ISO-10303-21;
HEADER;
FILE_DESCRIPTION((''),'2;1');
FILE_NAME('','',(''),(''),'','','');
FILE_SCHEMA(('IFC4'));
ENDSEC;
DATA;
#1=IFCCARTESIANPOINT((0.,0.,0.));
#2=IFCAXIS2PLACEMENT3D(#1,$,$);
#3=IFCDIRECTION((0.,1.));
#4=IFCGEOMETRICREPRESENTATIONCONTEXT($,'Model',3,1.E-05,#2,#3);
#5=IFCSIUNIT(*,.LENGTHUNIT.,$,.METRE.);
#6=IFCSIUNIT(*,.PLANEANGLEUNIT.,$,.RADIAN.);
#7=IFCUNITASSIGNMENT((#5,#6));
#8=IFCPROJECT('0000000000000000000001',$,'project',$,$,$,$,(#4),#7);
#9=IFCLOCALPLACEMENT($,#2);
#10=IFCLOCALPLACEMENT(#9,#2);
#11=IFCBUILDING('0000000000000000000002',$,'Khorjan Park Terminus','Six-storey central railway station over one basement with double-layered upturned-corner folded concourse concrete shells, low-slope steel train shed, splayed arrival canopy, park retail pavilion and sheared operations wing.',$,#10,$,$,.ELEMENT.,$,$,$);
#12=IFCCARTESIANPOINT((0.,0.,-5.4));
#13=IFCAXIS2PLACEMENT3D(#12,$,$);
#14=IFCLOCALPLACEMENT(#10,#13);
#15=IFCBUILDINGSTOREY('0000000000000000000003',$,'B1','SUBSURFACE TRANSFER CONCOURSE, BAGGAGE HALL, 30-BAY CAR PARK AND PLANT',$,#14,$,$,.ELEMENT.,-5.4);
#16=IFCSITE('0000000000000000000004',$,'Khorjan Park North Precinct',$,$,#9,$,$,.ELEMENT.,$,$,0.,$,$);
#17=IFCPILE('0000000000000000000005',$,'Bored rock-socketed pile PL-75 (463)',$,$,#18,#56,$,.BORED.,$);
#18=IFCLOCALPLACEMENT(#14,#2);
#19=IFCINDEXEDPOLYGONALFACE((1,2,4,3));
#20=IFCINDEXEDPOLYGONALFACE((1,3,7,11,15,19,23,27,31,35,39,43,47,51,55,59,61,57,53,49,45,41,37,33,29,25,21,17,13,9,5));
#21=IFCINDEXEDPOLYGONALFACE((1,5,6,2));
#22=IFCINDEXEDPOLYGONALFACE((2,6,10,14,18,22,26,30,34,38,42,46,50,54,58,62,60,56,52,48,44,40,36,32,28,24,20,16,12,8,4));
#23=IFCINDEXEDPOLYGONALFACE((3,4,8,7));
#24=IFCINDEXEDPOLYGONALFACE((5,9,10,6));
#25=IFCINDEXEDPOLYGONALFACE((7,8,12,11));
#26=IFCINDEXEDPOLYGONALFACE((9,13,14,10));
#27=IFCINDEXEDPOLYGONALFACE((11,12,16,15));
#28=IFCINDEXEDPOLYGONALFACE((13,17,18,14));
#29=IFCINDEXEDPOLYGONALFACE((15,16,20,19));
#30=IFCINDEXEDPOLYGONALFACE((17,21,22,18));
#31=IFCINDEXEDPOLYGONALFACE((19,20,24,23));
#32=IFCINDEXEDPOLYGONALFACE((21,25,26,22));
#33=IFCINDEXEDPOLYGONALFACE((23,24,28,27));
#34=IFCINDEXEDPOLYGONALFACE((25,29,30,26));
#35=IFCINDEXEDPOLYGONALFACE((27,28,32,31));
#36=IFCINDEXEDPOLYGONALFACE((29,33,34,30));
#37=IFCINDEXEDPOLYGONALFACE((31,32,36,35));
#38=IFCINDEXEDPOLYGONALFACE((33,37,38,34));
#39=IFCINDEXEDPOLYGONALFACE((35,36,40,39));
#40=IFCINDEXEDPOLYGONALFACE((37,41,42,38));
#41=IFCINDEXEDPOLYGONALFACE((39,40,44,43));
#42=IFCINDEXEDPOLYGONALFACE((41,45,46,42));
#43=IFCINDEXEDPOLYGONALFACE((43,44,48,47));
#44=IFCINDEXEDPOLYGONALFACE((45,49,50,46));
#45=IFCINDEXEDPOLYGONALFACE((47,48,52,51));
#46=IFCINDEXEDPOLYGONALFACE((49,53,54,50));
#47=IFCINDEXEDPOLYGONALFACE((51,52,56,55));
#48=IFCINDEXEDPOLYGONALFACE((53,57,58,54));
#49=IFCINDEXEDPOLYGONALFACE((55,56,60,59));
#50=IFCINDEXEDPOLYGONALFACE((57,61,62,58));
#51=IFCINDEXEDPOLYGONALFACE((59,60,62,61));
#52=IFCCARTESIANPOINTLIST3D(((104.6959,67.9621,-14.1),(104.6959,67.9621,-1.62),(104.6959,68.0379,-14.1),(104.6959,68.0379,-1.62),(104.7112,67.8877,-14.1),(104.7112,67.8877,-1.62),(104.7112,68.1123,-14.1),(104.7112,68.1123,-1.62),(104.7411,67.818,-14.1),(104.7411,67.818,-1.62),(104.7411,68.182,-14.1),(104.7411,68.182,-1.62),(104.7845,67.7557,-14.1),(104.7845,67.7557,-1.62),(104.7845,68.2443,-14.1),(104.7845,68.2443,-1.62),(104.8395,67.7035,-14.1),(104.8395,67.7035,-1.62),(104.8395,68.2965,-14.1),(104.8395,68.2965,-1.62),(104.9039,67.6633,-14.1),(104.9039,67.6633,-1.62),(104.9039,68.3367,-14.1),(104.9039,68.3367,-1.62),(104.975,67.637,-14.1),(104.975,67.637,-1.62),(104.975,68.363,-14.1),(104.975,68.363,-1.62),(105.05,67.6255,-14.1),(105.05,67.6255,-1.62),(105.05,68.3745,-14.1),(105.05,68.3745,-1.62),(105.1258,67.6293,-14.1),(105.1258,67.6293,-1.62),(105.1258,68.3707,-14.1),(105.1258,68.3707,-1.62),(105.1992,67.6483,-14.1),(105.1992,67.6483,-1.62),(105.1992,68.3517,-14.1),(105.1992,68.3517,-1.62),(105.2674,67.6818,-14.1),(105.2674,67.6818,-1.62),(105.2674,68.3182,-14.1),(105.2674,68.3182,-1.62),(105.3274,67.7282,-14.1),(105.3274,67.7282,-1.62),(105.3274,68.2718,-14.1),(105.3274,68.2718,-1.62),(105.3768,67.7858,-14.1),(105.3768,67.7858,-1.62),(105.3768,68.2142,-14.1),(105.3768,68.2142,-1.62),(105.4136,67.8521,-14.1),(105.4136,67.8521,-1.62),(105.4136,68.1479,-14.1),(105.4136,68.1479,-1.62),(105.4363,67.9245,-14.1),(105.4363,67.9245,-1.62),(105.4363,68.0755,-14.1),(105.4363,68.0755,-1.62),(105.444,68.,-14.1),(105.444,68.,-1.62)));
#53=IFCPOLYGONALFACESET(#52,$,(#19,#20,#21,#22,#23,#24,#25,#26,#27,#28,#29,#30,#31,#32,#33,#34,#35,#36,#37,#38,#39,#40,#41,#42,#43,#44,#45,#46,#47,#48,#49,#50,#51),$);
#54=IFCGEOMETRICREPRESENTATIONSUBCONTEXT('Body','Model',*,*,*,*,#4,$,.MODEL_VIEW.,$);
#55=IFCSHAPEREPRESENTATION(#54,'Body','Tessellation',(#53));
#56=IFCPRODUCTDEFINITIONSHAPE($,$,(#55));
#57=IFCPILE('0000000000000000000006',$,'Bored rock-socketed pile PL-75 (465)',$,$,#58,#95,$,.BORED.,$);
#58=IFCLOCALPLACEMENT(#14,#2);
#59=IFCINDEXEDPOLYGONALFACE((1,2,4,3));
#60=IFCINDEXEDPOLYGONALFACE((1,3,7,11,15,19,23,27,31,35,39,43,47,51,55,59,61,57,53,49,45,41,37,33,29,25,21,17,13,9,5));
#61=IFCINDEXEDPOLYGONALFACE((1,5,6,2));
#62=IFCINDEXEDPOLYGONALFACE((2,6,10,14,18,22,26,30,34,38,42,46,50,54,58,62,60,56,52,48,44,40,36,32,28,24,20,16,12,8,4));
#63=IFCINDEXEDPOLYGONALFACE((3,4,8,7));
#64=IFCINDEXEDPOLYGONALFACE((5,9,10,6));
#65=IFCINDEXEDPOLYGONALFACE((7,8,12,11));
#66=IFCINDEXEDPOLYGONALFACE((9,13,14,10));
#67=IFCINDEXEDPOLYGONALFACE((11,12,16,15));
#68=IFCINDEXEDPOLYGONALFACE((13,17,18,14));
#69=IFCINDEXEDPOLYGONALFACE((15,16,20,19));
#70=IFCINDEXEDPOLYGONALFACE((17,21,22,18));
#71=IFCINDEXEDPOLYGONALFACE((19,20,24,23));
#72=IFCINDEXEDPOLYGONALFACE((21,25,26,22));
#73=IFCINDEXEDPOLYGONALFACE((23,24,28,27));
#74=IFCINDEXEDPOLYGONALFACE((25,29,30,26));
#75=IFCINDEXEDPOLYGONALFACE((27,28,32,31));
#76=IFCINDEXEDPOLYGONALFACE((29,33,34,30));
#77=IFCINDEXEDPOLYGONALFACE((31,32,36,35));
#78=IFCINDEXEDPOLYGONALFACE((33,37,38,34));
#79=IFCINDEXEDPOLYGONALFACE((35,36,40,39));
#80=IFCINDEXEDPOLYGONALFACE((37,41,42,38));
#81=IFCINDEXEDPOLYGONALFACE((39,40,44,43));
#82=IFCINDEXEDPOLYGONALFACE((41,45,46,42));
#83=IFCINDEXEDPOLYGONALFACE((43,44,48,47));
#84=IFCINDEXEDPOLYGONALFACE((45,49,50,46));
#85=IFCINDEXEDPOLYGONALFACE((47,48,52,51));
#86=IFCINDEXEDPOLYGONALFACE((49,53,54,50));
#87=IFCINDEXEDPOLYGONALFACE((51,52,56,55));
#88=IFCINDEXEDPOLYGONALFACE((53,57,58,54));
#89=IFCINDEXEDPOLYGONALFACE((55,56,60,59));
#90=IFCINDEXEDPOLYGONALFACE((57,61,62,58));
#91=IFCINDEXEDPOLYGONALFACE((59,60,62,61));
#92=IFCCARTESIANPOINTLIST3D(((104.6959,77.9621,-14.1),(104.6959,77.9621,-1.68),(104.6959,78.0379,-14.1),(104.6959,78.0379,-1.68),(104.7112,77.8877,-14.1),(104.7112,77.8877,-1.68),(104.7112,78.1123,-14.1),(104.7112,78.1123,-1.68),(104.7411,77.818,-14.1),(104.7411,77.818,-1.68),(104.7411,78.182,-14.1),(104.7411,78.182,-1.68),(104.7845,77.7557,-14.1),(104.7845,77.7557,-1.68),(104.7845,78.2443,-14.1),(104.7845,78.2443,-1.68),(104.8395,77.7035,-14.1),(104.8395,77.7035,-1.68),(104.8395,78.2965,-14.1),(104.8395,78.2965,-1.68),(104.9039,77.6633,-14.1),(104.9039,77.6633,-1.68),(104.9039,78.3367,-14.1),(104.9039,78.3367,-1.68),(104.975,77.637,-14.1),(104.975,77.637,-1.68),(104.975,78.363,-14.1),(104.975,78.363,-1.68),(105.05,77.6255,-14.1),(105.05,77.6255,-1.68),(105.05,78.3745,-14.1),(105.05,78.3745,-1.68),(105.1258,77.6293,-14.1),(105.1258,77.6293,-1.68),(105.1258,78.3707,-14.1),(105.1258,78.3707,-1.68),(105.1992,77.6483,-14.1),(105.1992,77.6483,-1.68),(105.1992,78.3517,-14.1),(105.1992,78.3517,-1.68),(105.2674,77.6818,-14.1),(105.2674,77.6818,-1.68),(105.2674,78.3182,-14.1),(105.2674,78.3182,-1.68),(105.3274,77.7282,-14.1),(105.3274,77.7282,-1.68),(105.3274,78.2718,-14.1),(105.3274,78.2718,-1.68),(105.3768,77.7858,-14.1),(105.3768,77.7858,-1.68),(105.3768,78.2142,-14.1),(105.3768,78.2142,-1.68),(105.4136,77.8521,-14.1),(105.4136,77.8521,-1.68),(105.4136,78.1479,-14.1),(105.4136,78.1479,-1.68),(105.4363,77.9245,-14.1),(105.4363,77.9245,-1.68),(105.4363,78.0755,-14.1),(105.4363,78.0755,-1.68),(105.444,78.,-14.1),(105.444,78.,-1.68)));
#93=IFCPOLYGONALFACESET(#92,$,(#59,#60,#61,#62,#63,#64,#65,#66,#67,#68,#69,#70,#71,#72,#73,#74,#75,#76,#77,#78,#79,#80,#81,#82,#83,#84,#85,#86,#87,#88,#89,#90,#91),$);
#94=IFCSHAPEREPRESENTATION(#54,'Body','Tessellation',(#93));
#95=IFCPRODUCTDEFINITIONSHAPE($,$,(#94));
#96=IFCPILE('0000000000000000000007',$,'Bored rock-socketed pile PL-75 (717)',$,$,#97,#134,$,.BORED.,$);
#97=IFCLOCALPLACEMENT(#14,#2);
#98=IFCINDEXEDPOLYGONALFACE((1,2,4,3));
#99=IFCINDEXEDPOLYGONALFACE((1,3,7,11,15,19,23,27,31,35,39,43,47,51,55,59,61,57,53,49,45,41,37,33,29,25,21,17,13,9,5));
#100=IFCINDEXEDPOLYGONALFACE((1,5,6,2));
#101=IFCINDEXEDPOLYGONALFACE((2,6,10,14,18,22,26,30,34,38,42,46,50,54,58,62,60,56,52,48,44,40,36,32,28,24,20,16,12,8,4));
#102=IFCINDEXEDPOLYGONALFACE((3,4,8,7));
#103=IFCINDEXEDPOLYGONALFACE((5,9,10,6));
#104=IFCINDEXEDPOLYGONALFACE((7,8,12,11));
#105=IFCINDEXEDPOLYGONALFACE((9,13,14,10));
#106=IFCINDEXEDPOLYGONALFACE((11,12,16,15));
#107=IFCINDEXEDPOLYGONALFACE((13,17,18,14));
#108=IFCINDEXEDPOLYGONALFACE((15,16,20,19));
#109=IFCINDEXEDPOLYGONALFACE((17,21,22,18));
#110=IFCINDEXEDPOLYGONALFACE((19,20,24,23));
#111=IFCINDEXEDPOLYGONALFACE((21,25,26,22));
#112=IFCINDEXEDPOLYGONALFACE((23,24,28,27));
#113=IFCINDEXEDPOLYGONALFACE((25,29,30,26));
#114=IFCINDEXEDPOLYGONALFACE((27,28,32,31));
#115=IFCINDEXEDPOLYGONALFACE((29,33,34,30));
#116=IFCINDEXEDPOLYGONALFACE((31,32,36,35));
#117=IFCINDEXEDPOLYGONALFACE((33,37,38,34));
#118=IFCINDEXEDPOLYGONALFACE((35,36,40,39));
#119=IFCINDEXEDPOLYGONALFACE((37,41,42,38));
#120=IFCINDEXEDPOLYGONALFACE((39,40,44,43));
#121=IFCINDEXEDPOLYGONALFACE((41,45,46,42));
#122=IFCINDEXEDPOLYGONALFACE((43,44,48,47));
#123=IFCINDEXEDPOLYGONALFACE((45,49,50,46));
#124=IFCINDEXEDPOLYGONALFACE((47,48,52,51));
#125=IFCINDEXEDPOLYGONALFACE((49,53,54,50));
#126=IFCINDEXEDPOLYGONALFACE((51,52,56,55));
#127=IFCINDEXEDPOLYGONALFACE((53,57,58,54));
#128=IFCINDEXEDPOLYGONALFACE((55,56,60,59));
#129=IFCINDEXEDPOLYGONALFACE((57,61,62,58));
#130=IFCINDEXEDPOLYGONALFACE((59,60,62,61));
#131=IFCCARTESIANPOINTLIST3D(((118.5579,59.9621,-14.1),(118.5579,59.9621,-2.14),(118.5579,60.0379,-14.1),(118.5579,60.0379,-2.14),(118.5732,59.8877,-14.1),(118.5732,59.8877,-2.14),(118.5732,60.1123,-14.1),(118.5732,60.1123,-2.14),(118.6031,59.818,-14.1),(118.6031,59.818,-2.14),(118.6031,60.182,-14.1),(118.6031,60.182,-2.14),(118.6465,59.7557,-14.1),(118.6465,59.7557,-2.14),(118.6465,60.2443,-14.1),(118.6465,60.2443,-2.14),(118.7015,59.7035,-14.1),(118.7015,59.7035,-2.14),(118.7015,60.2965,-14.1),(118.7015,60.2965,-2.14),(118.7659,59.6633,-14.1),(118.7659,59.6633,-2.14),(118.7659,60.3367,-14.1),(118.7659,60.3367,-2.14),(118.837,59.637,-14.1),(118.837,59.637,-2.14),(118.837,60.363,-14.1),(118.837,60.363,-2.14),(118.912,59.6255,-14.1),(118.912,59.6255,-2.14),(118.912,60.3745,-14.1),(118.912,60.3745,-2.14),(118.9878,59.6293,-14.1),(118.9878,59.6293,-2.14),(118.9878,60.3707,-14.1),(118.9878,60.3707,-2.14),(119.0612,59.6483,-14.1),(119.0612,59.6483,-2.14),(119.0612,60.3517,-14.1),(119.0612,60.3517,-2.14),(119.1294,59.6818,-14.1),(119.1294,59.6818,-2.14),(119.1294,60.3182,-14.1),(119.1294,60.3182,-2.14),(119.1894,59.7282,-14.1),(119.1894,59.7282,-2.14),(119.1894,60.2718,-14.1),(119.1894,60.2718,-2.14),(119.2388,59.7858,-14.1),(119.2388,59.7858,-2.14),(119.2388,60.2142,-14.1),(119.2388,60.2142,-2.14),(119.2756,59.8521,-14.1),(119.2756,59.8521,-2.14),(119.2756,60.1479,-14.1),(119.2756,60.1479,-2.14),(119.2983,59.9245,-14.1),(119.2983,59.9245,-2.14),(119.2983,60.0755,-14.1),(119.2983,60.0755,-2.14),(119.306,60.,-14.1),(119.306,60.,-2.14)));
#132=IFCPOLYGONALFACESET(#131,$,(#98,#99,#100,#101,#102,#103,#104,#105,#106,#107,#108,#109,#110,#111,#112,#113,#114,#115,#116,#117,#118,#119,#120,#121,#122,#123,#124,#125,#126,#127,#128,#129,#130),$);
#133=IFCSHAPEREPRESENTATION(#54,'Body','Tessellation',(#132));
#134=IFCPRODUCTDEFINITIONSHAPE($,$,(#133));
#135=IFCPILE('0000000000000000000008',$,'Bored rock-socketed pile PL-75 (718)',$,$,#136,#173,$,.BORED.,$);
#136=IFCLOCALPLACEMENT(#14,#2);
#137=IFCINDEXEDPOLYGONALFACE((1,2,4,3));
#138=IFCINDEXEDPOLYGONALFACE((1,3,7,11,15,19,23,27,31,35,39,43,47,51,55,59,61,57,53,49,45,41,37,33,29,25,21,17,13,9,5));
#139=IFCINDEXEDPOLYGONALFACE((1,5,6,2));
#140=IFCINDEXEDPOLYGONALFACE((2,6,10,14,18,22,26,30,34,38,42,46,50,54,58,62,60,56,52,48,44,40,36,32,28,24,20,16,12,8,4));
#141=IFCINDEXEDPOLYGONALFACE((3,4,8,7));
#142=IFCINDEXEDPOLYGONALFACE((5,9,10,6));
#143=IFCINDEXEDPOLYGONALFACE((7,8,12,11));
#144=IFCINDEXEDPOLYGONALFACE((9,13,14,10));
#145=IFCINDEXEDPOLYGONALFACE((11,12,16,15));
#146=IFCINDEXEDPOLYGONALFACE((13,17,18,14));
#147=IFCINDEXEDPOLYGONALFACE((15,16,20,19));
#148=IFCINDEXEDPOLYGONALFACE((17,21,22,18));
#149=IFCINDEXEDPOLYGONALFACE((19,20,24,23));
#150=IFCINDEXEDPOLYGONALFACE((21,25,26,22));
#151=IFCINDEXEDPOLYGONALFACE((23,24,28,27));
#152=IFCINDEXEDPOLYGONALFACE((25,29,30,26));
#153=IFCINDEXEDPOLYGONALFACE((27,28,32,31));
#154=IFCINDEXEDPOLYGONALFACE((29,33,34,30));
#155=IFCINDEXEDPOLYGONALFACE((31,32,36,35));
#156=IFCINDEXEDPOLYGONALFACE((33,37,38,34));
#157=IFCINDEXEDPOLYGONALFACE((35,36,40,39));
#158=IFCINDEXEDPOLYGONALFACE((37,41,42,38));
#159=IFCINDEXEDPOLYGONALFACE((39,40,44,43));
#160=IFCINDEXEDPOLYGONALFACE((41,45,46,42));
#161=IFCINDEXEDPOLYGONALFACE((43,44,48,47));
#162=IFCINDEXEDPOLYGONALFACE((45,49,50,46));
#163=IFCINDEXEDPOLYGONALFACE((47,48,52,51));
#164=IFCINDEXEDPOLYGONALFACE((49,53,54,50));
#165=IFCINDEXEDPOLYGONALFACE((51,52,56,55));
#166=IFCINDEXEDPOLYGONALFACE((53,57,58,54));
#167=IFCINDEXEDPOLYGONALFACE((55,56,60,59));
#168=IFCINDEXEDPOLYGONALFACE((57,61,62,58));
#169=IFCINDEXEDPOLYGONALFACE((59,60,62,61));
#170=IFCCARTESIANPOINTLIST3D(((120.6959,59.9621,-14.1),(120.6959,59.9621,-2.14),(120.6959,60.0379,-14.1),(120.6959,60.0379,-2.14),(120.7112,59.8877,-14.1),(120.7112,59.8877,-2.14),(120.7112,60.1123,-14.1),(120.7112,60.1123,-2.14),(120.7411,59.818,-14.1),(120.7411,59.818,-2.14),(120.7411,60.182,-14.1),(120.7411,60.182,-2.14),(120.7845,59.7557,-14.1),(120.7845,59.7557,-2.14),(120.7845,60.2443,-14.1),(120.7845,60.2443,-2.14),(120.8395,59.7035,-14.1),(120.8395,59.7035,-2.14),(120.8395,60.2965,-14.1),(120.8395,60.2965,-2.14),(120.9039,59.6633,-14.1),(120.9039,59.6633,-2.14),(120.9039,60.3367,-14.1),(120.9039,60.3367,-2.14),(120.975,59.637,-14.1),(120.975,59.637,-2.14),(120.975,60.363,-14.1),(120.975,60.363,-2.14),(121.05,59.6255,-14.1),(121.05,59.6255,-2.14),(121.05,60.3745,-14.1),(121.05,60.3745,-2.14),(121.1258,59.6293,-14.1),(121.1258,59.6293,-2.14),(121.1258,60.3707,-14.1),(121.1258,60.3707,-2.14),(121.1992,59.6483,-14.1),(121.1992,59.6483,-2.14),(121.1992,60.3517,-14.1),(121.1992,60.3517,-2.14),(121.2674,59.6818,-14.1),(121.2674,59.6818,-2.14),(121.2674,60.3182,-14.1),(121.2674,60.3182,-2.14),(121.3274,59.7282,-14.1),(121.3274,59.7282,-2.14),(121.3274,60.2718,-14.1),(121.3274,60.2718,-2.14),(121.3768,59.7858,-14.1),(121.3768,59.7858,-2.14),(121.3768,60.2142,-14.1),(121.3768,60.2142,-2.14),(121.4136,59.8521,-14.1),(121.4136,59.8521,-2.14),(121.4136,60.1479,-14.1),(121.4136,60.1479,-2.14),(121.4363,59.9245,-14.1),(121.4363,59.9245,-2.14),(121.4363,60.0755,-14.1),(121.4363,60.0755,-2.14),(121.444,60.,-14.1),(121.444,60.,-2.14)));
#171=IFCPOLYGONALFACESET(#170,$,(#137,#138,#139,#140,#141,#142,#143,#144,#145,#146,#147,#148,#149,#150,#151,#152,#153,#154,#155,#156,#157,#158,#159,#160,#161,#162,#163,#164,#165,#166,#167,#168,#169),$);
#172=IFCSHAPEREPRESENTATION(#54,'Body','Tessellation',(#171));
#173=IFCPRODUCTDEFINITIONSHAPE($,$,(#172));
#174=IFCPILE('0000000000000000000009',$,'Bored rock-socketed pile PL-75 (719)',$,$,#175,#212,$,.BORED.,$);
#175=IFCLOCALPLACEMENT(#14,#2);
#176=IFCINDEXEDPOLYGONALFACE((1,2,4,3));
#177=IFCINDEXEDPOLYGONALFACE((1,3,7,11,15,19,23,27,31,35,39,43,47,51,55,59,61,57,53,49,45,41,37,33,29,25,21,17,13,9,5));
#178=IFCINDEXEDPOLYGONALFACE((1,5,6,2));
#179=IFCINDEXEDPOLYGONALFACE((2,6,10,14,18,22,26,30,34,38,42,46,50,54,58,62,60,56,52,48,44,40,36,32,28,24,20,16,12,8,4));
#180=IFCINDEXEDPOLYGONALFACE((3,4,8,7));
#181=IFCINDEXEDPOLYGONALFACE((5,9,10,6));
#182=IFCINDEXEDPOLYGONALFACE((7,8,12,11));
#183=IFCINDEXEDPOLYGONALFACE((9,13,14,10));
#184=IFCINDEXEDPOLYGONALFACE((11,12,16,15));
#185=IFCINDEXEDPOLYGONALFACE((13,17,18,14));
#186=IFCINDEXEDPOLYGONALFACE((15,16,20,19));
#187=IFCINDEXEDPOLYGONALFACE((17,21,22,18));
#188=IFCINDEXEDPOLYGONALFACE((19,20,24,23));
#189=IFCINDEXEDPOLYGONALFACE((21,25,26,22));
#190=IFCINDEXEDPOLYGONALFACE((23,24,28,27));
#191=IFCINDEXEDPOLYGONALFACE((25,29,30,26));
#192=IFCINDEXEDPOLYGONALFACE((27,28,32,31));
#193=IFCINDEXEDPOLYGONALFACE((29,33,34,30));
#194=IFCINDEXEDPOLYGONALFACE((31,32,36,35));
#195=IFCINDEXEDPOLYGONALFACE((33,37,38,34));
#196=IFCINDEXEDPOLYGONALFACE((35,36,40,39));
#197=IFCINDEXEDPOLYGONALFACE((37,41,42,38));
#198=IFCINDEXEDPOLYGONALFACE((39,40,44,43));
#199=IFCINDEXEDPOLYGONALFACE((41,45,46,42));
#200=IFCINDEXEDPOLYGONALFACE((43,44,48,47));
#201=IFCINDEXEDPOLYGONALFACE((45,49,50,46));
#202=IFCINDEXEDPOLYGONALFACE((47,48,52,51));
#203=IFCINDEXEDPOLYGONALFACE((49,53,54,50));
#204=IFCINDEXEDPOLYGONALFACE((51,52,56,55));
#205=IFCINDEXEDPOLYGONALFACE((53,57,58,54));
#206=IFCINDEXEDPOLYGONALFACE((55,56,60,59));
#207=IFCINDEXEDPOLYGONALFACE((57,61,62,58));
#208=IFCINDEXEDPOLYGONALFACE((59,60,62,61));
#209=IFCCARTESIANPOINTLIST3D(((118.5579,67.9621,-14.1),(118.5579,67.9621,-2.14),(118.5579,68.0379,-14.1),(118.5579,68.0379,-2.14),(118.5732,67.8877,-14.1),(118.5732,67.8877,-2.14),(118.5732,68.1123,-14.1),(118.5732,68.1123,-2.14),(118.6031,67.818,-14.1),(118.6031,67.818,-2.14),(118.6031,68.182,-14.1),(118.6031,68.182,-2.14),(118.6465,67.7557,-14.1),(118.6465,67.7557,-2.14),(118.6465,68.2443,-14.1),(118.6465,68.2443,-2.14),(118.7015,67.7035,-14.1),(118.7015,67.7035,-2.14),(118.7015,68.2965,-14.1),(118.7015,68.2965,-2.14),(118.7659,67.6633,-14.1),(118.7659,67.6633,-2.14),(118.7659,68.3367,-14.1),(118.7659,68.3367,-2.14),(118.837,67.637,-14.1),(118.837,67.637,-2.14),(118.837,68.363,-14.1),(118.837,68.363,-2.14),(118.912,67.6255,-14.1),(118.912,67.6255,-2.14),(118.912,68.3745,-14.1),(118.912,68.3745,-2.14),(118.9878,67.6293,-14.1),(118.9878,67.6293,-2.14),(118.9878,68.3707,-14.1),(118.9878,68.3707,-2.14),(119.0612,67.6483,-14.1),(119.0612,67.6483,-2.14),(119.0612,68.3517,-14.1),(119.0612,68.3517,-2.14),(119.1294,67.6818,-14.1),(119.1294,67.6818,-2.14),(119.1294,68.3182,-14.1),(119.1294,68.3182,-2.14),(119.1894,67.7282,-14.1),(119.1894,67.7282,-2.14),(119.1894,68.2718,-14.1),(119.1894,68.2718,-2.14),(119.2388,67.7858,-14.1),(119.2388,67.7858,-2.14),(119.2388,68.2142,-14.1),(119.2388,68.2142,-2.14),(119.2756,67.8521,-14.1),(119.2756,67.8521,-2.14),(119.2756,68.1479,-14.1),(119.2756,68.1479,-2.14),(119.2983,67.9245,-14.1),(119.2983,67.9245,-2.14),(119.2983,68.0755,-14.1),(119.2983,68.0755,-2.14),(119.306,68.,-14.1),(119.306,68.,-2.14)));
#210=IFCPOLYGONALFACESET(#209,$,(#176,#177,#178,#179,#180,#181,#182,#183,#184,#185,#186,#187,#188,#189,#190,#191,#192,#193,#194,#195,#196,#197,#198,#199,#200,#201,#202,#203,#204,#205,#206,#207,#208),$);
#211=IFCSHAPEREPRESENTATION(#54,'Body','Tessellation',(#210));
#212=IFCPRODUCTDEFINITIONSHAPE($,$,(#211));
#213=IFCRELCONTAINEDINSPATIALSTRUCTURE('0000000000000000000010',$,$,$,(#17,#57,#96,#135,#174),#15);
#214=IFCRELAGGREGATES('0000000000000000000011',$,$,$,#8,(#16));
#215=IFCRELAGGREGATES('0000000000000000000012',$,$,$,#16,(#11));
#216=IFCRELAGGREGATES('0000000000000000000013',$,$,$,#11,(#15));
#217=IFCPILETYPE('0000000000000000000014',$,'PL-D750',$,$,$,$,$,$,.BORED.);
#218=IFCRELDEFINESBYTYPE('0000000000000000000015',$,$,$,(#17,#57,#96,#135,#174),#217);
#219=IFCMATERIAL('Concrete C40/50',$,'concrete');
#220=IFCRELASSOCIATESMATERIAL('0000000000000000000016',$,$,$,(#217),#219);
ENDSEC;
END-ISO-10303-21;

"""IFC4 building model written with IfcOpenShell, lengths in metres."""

from ifc_helpers import new_model, si_unit, direction, frame, origin, origin_2d, place, context, subcontext, project, spatial, circle, extrude, material, material_profile, profile_set, type_object, element, save


model = new_model("IFC4")

# Units and contexts
model_context = context("Model", 3, precision=1e-05, world=origin(), true_north=direction((0.0, 1.0)))
body_context = subcontext(model_context, "Body", "Model", "MODEL_VIEW")
ifc_project = project(units=[si_unit("LENGTHUNIT", "METRE"), si_unit("PLANEANGLEUNIT", "RADIAN")], contexts=[model_context])

# Site, building, storey
site_placement = place(None, origin())
site = spatial("IfcSite", under=ifc_project, at=site_placement, Name="Khorjan Park North Precinct", CompositionType="ELEMENT", RefElevation=0.0)
building_placement = place(site_placement, origin())
building = spatial("IfcBuilding", under=site, at=building_placement, Name="Khorjan Park Terminus", Description="Six-storey central railway station over one basement with double-layered upturned-corner folded concourse concrete shells, low-slope steel train shed, splayed arrival canopy, park retail pavilion and sheared operations wing.", CompositionType="ELEMENT")
storey_placement = place(building_placement, frame((0.0, 0.0, -5.4)))
storey = spatial("IfcBuildingStorey", under=building, at=storey_placement, Name="B1", Description="SUBSURFACE TRANSFER CONCOURSE, BAGGAGE HALL, 30-BAY CAR PARK AND PLANT", CompositionType="ELEMENT", Elevation=-5.4)

# Shared definitions
ifc_material_1 = material(Name="Concrete C40/50", Category="concrete")

# Piles
ifc_material_profile_1 = material_profile(ifc_material_1, circle(Radius=0.375, at=origin_2d()), Name="BORED D750")
ifc_profile_set_1 = profile_set([ifc_material_profile_1], Name="Concrete C40/50")
pile_type_1 = type_object("IfcPileType", Name="PL-D750", PredefinedType="BORED", material=ifc_profile_set_1)
pile_1_placement = place(storey_placement, frame((105.069, 68.0, -1.62), z_axis=(0.0, 0.0, -1.0), x_axis=(1.0, 0.0, 0.0)))
element("IfcPile", 1, at=pile_1_placement, inside=storey, type_object=pile_type_1, Name="Bored rock-socketed pile PL-75 (463)", PredefinedType="BORED", context=body_context, shape_type="SweptSolid", body=[
    extrude(circle(Radius=0.375, at=origin_2d()), origin(), (0.0, 0.0, 1.0), 12.48),
])
pile_2_placement = place(storey_placement, frame((105.069, 78.0, -1.68), z_axis=(0.0, 0.0, -1.0), x_axis=(1.0, 0.0, 0.0)))
element("IfcPile", 2, at=pile_2_placement, inside=storey, type_object=pile_type_1, Name="Bored rock-socketed pile PL-75 (465)", PredefinedType="BORED", context=body_context, shape_type="SweptSolid", body=[
    extrude(circle(Radius=0.375, at=origin_2d()), origin(), (0.0, 0.0, 1.0), 12.42),
])
for number, where, z_axis, x_axis, name in (
    (3, (118.931, 60.0, -2.14), (0.0, 0.0, -1.0), (1.0, 0.0, 0.0), "Bored rock-socketed pile PL-75 (717)"),
    (4, (121.069, 60.0, -2.14), (0.0, 0.0, -1.0), (1.0, 0.0, 0.0), "Bored rock-socketed pile PL-75 (718)"),
    (5, (118.931, 68.0, -2.14), (0.0, 0.0, -1.0), (1.0, 0.0, 0.0), "Bored rock-socketed pile PL-75 (719)"),
):
    element("IfcPile", number, at=place(storey_placement, frame(where, z_axis=z_axis, x_axis=x_axis)), inside=storey, type_object=pile_type_1, Name=name, PredefinedType="BORED", context=body_context, shape_type="SweptSolid", body=[
        extrude(circle(Radius=0.375, at=origin_2d()), origin(), (0.0, 0.0, 1.0), 11.96),
    ])

save(model, "model.ifc")
